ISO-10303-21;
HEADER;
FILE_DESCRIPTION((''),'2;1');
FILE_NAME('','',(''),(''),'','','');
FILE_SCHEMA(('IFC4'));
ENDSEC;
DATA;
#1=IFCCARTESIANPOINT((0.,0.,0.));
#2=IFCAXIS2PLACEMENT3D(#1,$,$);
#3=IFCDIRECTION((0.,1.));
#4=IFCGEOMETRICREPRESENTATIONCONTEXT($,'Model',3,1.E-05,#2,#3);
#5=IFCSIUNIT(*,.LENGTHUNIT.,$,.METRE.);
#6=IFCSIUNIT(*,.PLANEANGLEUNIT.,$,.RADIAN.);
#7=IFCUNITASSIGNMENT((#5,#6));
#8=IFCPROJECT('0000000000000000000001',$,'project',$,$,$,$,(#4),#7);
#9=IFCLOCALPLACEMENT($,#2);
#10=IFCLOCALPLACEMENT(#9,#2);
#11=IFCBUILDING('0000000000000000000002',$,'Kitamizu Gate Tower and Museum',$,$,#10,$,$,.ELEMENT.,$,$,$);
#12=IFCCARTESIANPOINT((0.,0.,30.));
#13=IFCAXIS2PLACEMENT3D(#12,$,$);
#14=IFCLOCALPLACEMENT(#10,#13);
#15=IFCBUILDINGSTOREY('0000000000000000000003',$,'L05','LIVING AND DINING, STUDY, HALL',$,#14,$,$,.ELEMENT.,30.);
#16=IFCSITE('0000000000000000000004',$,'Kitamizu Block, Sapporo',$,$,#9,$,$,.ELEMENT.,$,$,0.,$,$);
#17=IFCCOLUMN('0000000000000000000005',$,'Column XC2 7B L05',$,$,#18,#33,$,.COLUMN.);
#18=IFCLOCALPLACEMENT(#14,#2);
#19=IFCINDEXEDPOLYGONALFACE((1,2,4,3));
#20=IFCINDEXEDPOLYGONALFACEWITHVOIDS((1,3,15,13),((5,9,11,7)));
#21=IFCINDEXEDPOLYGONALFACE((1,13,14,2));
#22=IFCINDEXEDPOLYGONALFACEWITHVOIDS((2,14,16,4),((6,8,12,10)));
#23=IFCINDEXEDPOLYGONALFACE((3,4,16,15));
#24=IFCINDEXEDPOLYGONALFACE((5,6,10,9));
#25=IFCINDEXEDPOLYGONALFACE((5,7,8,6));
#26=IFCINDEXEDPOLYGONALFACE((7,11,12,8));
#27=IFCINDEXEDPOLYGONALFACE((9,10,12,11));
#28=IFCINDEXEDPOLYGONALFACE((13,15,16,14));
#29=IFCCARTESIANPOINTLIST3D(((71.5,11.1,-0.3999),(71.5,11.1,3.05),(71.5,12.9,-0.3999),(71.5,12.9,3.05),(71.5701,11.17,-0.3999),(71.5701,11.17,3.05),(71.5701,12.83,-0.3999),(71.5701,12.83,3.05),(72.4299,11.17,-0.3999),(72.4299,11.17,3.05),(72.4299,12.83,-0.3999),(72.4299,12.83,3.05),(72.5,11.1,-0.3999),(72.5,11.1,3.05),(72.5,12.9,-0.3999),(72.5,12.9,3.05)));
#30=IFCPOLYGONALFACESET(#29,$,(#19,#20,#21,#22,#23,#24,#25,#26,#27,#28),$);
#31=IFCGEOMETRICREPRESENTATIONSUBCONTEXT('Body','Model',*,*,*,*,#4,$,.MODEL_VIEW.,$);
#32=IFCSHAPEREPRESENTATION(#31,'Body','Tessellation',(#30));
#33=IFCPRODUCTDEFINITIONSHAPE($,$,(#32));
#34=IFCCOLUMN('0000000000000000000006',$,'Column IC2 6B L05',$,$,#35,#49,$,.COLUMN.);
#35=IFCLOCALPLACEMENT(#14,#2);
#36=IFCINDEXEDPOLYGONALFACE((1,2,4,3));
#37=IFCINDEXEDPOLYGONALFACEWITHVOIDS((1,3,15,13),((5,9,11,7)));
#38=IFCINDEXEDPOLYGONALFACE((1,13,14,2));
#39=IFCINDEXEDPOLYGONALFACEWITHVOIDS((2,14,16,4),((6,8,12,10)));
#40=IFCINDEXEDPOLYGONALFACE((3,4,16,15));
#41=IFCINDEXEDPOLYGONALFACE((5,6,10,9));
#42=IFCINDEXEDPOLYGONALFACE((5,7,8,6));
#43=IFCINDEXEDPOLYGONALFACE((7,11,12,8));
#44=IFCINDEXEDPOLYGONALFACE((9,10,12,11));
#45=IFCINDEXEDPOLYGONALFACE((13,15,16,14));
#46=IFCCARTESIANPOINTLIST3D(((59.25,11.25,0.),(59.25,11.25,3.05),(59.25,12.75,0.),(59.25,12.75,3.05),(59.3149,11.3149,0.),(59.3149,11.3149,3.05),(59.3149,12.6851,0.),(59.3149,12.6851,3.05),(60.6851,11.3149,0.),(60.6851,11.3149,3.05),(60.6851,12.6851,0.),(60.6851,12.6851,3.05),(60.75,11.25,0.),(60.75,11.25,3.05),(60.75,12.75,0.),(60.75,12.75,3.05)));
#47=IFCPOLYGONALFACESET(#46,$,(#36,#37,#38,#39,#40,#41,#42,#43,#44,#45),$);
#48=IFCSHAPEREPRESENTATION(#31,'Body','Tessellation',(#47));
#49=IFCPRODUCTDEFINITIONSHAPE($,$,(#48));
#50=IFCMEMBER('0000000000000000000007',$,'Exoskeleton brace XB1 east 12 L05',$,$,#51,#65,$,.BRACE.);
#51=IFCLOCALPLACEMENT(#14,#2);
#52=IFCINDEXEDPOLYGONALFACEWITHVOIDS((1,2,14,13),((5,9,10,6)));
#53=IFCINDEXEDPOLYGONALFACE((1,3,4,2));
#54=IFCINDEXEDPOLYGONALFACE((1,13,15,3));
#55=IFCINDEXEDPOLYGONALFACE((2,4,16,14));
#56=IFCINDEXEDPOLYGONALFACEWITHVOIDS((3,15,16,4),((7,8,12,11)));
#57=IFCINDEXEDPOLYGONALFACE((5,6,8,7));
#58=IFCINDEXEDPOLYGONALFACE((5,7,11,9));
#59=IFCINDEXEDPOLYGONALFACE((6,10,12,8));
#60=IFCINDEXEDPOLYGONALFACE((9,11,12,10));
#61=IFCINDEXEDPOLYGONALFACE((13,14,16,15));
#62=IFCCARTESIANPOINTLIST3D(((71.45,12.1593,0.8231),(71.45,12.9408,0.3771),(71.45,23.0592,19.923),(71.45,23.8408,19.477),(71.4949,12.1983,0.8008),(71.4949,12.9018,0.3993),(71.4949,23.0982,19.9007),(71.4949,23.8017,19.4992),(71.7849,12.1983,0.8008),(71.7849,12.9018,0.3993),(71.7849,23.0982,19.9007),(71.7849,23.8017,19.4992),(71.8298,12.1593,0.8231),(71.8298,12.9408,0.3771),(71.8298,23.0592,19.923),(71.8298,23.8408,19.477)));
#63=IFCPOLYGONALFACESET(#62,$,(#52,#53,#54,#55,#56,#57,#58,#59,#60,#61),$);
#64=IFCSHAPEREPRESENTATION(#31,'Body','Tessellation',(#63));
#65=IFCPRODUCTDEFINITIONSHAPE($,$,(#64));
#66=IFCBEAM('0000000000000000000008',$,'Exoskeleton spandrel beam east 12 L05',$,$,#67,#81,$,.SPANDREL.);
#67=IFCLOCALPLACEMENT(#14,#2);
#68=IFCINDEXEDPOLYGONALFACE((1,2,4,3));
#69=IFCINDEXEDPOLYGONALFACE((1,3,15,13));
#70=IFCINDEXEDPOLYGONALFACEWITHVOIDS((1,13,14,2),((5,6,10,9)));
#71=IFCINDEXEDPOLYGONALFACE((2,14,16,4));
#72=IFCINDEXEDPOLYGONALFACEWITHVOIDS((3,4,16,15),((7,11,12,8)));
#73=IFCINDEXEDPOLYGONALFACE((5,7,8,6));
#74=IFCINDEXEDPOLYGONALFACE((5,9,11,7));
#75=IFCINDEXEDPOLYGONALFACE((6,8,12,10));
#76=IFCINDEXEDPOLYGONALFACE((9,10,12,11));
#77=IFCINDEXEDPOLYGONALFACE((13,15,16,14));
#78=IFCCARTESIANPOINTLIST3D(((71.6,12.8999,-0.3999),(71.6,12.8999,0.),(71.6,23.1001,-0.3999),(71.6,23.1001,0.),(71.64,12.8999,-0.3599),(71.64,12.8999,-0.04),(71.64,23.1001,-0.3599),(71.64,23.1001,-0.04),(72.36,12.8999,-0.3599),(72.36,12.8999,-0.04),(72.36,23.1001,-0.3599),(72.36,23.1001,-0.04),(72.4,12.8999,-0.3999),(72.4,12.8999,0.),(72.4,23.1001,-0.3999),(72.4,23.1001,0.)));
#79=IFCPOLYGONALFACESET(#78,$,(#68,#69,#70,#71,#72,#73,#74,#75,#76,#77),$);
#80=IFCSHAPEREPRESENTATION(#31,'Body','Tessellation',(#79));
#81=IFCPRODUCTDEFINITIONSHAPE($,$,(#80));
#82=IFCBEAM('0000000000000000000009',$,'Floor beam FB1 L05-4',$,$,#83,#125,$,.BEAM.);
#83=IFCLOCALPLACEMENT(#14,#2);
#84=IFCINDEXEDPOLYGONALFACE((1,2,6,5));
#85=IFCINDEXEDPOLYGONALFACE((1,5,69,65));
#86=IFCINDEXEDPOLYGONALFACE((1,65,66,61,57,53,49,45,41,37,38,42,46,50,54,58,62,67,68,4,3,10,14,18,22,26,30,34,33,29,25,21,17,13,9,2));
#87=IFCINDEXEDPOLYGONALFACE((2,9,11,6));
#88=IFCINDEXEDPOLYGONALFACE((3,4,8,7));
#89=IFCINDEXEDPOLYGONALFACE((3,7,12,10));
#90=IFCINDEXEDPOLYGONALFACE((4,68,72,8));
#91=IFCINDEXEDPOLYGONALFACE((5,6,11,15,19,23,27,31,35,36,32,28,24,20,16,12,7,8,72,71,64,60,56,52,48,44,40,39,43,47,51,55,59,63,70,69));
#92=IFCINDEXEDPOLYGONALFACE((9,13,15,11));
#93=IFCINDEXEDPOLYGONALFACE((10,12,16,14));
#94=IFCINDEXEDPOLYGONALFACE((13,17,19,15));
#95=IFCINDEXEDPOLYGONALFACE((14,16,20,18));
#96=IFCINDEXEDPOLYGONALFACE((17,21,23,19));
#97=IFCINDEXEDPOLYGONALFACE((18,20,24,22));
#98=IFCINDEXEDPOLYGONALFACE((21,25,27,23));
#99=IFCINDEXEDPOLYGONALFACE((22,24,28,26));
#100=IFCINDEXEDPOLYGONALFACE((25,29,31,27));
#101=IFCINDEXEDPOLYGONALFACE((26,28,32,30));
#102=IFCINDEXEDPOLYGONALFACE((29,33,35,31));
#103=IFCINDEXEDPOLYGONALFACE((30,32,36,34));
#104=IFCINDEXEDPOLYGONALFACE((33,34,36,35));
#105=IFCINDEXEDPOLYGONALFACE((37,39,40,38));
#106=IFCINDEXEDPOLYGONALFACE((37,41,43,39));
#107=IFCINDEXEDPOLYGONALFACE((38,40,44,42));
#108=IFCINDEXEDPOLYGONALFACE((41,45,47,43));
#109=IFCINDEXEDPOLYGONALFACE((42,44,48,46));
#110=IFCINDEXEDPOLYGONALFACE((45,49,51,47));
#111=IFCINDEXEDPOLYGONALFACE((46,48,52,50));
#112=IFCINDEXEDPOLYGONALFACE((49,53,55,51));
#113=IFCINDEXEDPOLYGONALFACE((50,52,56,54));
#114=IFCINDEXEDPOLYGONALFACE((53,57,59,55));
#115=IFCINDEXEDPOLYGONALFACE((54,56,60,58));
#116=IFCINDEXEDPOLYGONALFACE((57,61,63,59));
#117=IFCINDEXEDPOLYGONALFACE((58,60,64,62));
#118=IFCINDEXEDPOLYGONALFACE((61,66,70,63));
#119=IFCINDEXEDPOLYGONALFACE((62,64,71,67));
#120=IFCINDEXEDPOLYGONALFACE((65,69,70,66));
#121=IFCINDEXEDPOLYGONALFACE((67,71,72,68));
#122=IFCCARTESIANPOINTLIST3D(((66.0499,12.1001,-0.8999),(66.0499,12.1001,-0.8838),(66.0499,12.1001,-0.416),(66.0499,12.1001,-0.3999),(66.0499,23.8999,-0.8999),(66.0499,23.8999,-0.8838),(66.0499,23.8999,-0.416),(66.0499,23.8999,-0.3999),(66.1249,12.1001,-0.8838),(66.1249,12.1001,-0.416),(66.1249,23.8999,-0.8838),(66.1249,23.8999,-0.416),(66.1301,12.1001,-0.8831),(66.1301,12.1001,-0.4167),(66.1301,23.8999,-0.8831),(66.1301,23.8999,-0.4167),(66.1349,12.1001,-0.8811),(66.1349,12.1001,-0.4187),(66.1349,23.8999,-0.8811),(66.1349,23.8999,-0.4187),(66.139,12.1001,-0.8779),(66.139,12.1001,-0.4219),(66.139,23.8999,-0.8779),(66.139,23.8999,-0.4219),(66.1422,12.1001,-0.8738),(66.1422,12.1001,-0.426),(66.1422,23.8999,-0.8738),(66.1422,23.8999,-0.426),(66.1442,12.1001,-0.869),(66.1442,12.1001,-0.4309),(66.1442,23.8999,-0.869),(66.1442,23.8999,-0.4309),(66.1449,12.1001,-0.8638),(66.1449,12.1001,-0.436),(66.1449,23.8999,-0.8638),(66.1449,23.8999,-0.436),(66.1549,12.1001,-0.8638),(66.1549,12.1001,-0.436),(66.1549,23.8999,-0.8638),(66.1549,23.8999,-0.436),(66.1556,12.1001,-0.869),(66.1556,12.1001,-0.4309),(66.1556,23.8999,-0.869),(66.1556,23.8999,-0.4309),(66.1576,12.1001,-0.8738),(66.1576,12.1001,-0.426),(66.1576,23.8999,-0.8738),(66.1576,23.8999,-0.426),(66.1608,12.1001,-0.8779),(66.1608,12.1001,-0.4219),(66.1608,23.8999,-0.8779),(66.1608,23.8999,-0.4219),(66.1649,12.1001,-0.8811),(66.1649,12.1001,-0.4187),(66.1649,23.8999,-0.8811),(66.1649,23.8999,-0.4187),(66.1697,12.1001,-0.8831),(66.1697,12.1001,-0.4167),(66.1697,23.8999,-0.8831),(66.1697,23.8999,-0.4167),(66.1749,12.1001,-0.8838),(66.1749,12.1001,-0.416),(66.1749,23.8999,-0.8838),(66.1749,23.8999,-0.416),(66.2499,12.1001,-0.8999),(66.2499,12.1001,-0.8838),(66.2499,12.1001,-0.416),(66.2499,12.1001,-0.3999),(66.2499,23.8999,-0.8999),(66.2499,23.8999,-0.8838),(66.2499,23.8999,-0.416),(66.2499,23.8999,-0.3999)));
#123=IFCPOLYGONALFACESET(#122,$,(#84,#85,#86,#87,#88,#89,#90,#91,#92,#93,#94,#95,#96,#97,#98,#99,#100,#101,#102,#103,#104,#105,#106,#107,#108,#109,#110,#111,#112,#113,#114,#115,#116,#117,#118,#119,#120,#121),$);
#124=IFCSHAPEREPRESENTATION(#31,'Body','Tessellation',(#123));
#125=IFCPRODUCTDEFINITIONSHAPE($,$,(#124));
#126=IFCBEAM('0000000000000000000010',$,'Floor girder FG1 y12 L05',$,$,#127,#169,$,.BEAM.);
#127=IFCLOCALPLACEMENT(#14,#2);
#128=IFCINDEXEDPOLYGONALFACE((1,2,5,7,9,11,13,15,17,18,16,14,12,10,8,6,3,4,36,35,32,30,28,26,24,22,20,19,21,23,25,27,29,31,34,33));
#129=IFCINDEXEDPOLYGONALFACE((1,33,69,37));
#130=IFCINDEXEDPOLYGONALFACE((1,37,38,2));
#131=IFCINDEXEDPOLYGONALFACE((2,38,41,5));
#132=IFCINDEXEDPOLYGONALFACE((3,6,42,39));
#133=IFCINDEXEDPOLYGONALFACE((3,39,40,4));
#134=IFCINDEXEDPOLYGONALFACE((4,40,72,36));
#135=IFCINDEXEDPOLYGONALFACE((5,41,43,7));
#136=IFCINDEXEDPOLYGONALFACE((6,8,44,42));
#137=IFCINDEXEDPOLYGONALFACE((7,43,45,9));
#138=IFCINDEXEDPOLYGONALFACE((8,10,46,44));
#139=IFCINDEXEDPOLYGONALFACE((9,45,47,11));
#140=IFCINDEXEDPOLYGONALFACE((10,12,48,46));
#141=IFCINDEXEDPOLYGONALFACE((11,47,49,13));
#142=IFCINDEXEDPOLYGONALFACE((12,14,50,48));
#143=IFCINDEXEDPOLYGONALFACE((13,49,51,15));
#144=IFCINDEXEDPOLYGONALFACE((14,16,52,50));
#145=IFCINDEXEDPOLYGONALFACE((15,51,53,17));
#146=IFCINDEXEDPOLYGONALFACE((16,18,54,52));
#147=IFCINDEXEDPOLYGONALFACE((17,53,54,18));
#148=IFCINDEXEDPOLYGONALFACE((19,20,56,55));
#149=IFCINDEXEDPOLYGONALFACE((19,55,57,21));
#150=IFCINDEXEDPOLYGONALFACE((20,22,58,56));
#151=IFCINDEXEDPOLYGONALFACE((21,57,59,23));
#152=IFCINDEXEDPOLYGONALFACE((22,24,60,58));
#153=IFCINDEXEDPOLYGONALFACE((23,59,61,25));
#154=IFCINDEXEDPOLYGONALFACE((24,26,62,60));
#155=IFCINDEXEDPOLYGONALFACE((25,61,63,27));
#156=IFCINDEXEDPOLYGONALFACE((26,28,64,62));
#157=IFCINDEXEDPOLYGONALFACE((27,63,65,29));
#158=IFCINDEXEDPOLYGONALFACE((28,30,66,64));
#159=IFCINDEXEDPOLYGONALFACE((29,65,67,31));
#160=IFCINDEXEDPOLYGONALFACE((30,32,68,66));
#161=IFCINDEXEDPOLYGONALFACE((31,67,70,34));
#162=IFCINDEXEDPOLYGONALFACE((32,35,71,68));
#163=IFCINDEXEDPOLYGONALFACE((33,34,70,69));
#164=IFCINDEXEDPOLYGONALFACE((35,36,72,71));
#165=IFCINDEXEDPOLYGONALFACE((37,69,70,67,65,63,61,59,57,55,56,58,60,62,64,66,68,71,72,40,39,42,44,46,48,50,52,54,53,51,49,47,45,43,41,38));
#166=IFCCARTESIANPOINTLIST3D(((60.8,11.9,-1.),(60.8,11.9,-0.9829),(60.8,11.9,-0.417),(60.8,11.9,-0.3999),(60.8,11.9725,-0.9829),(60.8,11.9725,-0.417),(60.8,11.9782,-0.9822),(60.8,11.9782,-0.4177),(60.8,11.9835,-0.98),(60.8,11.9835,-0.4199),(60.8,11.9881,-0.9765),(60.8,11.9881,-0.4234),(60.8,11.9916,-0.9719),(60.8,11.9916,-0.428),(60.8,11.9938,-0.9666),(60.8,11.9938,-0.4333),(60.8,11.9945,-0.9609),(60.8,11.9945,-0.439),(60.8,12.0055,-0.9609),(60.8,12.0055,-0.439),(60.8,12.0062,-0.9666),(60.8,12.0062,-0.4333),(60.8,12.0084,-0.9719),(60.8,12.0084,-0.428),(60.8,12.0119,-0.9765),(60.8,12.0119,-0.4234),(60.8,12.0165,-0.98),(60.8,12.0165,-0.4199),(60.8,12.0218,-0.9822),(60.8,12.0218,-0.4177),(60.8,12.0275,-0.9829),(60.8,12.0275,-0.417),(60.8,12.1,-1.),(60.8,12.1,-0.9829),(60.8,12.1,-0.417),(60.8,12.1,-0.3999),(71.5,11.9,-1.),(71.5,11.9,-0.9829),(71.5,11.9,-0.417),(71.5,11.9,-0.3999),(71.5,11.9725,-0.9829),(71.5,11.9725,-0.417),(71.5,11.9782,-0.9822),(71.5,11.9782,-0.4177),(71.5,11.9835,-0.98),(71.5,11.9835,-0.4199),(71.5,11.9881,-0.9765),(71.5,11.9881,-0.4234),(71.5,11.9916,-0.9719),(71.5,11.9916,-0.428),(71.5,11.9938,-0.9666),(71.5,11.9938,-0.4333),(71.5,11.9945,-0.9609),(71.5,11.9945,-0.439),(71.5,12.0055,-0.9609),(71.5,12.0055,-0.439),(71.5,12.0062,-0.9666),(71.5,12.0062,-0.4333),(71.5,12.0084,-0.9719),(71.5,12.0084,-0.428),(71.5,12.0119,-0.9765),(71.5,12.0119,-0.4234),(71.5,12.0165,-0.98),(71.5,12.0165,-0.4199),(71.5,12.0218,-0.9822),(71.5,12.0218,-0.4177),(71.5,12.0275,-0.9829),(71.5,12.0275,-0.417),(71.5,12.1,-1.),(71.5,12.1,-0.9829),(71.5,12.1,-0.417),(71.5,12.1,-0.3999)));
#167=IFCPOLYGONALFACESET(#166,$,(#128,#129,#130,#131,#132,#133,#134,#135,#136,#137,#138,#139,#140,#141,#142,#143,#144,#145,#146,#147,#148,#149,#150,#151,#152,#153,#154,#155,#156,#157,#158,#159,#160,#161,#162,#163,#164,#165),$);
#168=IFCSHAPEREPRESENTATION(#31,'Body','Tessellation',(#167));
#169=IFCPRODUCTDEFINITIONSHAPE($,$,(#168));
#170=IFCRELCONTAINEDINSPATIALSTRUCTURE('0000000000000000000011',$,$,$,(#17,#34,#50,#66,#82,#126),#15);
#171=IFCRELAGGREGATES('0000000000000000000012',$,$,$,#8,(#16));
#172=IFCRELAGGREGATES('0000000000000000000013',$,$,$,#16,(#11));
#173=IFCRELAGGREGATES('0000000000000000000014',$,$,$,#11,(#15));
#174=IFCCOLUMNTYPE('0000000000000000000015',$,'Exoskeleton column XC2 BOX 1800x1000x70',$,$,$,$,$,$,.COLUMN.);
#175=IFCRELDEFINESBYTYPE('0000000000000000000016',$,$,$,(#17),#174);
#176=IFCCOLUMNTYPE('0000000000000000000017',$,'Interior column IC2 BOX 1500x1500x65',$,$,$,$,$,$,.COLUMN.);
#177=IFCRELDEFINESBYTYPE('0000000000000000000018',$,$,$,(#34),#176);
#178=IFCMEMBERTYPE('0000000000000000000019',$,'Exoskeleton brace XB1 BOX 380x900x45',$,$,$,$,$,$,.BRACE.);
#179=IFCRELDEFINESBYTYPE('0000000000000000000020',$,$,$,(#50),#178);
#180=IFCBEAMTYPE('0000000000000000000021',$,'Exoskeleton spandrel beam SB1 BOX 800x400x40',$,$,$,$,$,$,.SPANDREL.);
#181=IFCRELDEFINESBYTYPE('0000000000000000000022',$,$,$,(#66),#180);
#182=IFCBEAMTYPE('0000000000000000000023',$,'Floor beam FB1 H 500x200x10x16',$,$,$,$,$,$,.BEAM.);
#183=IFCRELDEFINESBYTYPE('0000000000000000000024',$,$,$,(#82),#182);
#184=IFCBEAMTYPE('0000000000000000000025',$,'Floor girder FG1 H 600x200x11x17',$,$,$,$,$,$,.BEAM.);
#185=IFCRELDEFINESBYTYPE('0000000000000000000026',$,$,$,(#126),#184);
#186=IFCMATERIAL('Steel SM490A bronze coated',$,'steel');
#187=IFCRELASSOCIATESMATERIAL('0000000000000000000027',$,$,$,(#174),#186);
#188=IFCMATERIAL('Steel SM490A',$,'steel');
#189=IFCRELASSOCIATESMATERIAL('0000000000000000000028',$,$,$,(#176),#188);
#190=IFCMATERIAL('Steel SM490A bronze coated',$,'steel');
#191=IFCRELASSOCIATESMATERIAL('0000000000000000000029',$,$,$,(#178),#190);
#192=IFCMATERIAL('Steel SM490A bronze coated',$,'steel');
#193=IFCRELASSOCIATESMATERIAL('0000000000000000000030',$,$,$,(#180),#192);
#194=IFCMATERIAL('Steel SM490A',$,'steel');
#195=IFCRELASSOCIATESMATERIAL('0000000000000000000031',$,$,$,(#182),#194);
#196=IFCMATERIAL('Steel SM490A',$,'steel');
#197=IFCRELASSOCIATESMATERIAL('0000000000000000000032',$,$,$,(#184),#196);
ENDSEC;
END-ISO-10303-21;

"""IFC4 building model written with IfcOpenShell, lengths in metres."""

from ifc_helpers import new_model, si_unit, direction, frame, origin, origin_2d, place, context, subcontext, project, spatial, hollow_rectangle, i_section, extrude, material, material_profile, profile_set, type_object, element, save


model = new_model("IFC4")

# Units and contexts
model_context = context("Model", 3, precision=1e-05, world=origin(), true_north=direction((0.0, 1.0)))
body_context = subcontext(model_context, "Body", "Model", "MODEL_VIEW")
ifc_project = project(units=[si_unit("LENGTHUNIT", "METRE"), si_unit("PLANEANGLEUNIT", "RADIAN")], contexts=[model_context])

# Site, building, storey
site_placement = place(None, origin())
site = spatial("IfcSite", under=ifc_project, at=site_placement, Name="Kitamizu Block, Sapporo", CompositionType="ELEMENT", RefElevation=0.0)
building_placement = place(site_placement, origin())
building = spatial("IfcBuilding", under=site, at=building_placement, Name="Kitamizu Gate Tower and Museum", CompositionType="ELEMENT")
storey_placement = place(building_placement, frame((0.0, 0.0, 30.0)))
storey = spatial("IfcBuildingStorey", under=building, at=storey_placement, Name="L05", Description="LIVING AND DINING, STUDY, HALL", CompositionType="ELEMENT", Elevation=30.0)

# Columns
ifc_material_1 = material(Name="Steel SM490A bronze coated", Category="steel")
ifc_material_profile_1 = material_profile(ifc_material_1, hollow_rectangle(XDim=1.8, YDim=1.0, WallThickness=0.0701, at=origin_2d()), Name="BOX 1800x1000x70")
ifc_profile_set_1 = profile_set([ifc_material_profile_1], Name="Steel SM490A bronze coated")
column_type_1 = type_object("IfcColumnType", Name="Exoskeleton column XC2 BOX 1800x1000x70", PredefinedType="COLUMN", material=ifc_profile_set_1)
column_1_placement = place(storey_placement, frame((72.0, 12.0, -0.3999), z_axis=(0.0, 0.0, 1.0), x_axis=(0.0, 1.0, 0.0)))
element("IfcColumn", 1, at=column_1_placement, inside=storey, type_object=column_type_1, Name="Column XC2 7B L05", PredefinedType="COLUMN", context=body_context, shape_type="SweptSolid", body=[
    extrude(hollow_rectangle(XDim=1.8, YDim=1.0, WallThickness=0.0701, at=origin_2d()), origin(), (0.0, 0.0, 1.0), 3.45),
])
ifc_material_2 = material(Name="Steel SM490A", Category="steel")
ifc_material_profile_2 = material_profile(ifc_material_2, hollow_rectangle(XDim=1.5, YDim=1.5, WallThickness=0.0649, at=origin_2d()), Name="BOX 1500x1500x65")
ifc_profile_set_2 = profile_set([ifc_material_profile_2], Name="Steel SM490A")
column_type_2 = type_object("IfcColumnType", Name="Interior column IC2 BOX 1500x1500x65", PredefinedType="COLUMN", material=ifc_profile_set_2)
column_2_placement = place(storey_placement, frame((60.0, 12.0, 0.0), z_axis=(0.0, 0.0, 1.0), x_axis=(1.0, 0.0, 0.0)))
element("IfcColumn", 2, at=column_2_placement, inside=storey, type_object=column_type_2, Name="Column IC2 6B L05", PredefinedType="COLUMN", context=body_context, shape_type="SweptSolid", body=[
    extrude(hollow_rectangle(XDim=1.5, YDim=1.5, WallThickness=0.0649, at=origin_2d()), origin(), (0.0, 0.0, 1.0), 3.05),
])

# Member
ifc_material_3 = material(Name="Steel SM490A bronze coated", Category="steel")
ifc_material_profile_3 = material_profile(ifc_material_3, hollow_rectangle(XDim=0.3799, YDim=0.8999, WallThickness=0.0449, at=origin_2d()), Name="BOX 380x900x45")
ifc_profile_set_3 = profile_set([ifc_material_profile_3], Name="Steel SM490A bronze coated")
member_type = type_object("IfcMemberType", Name="Exoskeleton brace XB1 BOX 380x900x45", PredefinedType="BRACE", material=ifc_profile_set_3)
member_placement = place(storey_placement, frame((71.6399, 12.55, 0.6001), z_axis=(0.0, 0.495649, 0.868523), x_axis=(-1.0, 0.0, 0.0)))
element("IfcMember", 3, at=member_placement, inside=storey, type_object=member_type, Name="Exoskeleton brace XB1 east 12 L05", PredefinedType="BRACE", context=body_context, shape_type="SweptSolid", body=[
    extrude(hollow_rectangle(XDim=0.3799, YDim=0.8999, WallThickness=0.0449, at=origin_2d()), origin(), (0.0, 0.0, 1.0), 21.9912),
])

# Beams
ifc_material_4 = material(Name="Steel SM490A bronze coated", Category="steel")
ifc_material_profile_4 = material_profile(ifc_material_4, hollow_rectangle(XDim=0.8, YDim=0.3999, WallThickness=0.04, at=origin_2d()), Name="BOX 800x400x40")
ifc_profile_set_4 = profile_set([ifc_material_profile_4], Name="Steel SM490A bronze coated")
beam_type_1 = type_object("IfcBeamType", Name="Exoskeleton spandrel beam SB1 BOX 800x400x40", PredefinedType="SPANDREL", material=ifc_profile_set_4)
beam_1_placement = place(storey_placement, frame((72.0, 12.8999, -0.2), z_axis=(0.0, 1.0, 0.0), x_axis=(-1.0, 0.0, 0.0)))
element("IfcBeam", 4, at=beam_1_placement, inside=storey, type_object=beam_type_1, Name="Exoskeleton spandrel beam east 12 L05", PredefinedType="SPANDREL", context=body_context, shape_type="SweptSolid", body=[
    extrude(hollow_rectangle(XDim=0.8, YDim=0.3999, WallThickness=0.04, at=origin_2d()), origin(), (0.0, 0.0, 1.0), 10.2002),
])
ifc_material_5 = material(Name="Steel SM490A", Category="steel")
ifc_material_profile_5 = material_profile(ifc_material_5, i_section(OverallWidth=0.2, OverallDepth=0.5, WebThickness=0.01, FlangeThickness=0.0161, FilletRadius=0.02, at=origin_2d()), Name="H-500x200x10x16")
ifc_profile_set_5 = profile_set([ifc_material_profile_5], Name="Steel SM490A")
beam_type_2 = type_object("IfcBeamType", Name="Floor beam FB1 H 500x200x10x16", PredefinedType="BEAM", material=ifc_profile_set_5)
beam_2_placement = place(storey_placement, frame((66.1499, 12.1001, -0.6499), z_axis=(0.0, 1.0, 0.0), x_axis=(-1.0, 0.0, 0.0)))
element("IfcBeam", 5, at=beam_2_placement, inside=storey, type_object=beam_type_2, Name="Floor beam FB1 L05-4", PredefinedType="BEAM", context=body_context, shape_type="SweptSolid", body=[
    extrude(i_section(OverallWidth=0.2, OverallDepth=0.5, WebThickness=0.01, FlangeThickness=0.0161, FilletRadius=0.02, at=origin_2d()), origin(), (0.0, 0.0, 1.0), 11.7998),
])
ifc_material_6 = material(Name="Steel SM490A", Category="steel")
ifc_material_profile_6 = material_profile(ifc_material_6, i_section(OverallWidth=0.2, OverallDepth=0.6001, WebThickness=0.011, FlangeThickness=0.0171, FilletRadius=0.022, at=origin_2d()), Name="H-600x200x11x17")
ifc_profile_set_6 = profile_set([ifc_material_profile_6], Name="Steel SM490A")
beam_type_3 = type_object("IfcBeamType", Name="Floor girder FG1 H 600x200x11x17", PredefinedType="BEAM", material=ifc_profile_set_6)
beam_3_placement = place(storey_placement, frame((60.8, 12.0, -0.7), z_axis=(1.0, 0.0, 0.0), x_axis=(0.0, 1.0, 0.0)))
element("IfcBeam", 6, at=beam_3_placement, inside=storey, type_object=beam_type_3, Name="Floor girder FG1 y12 L05", PredefinedType="BEAM", context=body_context, shape_type="SweptSolid", body=[
    extrude(i_section(OverallWidth=0.2, OverallDepth=0.6001, WebThickness=0.011, FlangeThickness=0.0171, FilletRadius=0.022, at=origin_2d()), origin(), (0.0, 0.0, 1.0), 10.7),
])

save(model, "model.ifc")
